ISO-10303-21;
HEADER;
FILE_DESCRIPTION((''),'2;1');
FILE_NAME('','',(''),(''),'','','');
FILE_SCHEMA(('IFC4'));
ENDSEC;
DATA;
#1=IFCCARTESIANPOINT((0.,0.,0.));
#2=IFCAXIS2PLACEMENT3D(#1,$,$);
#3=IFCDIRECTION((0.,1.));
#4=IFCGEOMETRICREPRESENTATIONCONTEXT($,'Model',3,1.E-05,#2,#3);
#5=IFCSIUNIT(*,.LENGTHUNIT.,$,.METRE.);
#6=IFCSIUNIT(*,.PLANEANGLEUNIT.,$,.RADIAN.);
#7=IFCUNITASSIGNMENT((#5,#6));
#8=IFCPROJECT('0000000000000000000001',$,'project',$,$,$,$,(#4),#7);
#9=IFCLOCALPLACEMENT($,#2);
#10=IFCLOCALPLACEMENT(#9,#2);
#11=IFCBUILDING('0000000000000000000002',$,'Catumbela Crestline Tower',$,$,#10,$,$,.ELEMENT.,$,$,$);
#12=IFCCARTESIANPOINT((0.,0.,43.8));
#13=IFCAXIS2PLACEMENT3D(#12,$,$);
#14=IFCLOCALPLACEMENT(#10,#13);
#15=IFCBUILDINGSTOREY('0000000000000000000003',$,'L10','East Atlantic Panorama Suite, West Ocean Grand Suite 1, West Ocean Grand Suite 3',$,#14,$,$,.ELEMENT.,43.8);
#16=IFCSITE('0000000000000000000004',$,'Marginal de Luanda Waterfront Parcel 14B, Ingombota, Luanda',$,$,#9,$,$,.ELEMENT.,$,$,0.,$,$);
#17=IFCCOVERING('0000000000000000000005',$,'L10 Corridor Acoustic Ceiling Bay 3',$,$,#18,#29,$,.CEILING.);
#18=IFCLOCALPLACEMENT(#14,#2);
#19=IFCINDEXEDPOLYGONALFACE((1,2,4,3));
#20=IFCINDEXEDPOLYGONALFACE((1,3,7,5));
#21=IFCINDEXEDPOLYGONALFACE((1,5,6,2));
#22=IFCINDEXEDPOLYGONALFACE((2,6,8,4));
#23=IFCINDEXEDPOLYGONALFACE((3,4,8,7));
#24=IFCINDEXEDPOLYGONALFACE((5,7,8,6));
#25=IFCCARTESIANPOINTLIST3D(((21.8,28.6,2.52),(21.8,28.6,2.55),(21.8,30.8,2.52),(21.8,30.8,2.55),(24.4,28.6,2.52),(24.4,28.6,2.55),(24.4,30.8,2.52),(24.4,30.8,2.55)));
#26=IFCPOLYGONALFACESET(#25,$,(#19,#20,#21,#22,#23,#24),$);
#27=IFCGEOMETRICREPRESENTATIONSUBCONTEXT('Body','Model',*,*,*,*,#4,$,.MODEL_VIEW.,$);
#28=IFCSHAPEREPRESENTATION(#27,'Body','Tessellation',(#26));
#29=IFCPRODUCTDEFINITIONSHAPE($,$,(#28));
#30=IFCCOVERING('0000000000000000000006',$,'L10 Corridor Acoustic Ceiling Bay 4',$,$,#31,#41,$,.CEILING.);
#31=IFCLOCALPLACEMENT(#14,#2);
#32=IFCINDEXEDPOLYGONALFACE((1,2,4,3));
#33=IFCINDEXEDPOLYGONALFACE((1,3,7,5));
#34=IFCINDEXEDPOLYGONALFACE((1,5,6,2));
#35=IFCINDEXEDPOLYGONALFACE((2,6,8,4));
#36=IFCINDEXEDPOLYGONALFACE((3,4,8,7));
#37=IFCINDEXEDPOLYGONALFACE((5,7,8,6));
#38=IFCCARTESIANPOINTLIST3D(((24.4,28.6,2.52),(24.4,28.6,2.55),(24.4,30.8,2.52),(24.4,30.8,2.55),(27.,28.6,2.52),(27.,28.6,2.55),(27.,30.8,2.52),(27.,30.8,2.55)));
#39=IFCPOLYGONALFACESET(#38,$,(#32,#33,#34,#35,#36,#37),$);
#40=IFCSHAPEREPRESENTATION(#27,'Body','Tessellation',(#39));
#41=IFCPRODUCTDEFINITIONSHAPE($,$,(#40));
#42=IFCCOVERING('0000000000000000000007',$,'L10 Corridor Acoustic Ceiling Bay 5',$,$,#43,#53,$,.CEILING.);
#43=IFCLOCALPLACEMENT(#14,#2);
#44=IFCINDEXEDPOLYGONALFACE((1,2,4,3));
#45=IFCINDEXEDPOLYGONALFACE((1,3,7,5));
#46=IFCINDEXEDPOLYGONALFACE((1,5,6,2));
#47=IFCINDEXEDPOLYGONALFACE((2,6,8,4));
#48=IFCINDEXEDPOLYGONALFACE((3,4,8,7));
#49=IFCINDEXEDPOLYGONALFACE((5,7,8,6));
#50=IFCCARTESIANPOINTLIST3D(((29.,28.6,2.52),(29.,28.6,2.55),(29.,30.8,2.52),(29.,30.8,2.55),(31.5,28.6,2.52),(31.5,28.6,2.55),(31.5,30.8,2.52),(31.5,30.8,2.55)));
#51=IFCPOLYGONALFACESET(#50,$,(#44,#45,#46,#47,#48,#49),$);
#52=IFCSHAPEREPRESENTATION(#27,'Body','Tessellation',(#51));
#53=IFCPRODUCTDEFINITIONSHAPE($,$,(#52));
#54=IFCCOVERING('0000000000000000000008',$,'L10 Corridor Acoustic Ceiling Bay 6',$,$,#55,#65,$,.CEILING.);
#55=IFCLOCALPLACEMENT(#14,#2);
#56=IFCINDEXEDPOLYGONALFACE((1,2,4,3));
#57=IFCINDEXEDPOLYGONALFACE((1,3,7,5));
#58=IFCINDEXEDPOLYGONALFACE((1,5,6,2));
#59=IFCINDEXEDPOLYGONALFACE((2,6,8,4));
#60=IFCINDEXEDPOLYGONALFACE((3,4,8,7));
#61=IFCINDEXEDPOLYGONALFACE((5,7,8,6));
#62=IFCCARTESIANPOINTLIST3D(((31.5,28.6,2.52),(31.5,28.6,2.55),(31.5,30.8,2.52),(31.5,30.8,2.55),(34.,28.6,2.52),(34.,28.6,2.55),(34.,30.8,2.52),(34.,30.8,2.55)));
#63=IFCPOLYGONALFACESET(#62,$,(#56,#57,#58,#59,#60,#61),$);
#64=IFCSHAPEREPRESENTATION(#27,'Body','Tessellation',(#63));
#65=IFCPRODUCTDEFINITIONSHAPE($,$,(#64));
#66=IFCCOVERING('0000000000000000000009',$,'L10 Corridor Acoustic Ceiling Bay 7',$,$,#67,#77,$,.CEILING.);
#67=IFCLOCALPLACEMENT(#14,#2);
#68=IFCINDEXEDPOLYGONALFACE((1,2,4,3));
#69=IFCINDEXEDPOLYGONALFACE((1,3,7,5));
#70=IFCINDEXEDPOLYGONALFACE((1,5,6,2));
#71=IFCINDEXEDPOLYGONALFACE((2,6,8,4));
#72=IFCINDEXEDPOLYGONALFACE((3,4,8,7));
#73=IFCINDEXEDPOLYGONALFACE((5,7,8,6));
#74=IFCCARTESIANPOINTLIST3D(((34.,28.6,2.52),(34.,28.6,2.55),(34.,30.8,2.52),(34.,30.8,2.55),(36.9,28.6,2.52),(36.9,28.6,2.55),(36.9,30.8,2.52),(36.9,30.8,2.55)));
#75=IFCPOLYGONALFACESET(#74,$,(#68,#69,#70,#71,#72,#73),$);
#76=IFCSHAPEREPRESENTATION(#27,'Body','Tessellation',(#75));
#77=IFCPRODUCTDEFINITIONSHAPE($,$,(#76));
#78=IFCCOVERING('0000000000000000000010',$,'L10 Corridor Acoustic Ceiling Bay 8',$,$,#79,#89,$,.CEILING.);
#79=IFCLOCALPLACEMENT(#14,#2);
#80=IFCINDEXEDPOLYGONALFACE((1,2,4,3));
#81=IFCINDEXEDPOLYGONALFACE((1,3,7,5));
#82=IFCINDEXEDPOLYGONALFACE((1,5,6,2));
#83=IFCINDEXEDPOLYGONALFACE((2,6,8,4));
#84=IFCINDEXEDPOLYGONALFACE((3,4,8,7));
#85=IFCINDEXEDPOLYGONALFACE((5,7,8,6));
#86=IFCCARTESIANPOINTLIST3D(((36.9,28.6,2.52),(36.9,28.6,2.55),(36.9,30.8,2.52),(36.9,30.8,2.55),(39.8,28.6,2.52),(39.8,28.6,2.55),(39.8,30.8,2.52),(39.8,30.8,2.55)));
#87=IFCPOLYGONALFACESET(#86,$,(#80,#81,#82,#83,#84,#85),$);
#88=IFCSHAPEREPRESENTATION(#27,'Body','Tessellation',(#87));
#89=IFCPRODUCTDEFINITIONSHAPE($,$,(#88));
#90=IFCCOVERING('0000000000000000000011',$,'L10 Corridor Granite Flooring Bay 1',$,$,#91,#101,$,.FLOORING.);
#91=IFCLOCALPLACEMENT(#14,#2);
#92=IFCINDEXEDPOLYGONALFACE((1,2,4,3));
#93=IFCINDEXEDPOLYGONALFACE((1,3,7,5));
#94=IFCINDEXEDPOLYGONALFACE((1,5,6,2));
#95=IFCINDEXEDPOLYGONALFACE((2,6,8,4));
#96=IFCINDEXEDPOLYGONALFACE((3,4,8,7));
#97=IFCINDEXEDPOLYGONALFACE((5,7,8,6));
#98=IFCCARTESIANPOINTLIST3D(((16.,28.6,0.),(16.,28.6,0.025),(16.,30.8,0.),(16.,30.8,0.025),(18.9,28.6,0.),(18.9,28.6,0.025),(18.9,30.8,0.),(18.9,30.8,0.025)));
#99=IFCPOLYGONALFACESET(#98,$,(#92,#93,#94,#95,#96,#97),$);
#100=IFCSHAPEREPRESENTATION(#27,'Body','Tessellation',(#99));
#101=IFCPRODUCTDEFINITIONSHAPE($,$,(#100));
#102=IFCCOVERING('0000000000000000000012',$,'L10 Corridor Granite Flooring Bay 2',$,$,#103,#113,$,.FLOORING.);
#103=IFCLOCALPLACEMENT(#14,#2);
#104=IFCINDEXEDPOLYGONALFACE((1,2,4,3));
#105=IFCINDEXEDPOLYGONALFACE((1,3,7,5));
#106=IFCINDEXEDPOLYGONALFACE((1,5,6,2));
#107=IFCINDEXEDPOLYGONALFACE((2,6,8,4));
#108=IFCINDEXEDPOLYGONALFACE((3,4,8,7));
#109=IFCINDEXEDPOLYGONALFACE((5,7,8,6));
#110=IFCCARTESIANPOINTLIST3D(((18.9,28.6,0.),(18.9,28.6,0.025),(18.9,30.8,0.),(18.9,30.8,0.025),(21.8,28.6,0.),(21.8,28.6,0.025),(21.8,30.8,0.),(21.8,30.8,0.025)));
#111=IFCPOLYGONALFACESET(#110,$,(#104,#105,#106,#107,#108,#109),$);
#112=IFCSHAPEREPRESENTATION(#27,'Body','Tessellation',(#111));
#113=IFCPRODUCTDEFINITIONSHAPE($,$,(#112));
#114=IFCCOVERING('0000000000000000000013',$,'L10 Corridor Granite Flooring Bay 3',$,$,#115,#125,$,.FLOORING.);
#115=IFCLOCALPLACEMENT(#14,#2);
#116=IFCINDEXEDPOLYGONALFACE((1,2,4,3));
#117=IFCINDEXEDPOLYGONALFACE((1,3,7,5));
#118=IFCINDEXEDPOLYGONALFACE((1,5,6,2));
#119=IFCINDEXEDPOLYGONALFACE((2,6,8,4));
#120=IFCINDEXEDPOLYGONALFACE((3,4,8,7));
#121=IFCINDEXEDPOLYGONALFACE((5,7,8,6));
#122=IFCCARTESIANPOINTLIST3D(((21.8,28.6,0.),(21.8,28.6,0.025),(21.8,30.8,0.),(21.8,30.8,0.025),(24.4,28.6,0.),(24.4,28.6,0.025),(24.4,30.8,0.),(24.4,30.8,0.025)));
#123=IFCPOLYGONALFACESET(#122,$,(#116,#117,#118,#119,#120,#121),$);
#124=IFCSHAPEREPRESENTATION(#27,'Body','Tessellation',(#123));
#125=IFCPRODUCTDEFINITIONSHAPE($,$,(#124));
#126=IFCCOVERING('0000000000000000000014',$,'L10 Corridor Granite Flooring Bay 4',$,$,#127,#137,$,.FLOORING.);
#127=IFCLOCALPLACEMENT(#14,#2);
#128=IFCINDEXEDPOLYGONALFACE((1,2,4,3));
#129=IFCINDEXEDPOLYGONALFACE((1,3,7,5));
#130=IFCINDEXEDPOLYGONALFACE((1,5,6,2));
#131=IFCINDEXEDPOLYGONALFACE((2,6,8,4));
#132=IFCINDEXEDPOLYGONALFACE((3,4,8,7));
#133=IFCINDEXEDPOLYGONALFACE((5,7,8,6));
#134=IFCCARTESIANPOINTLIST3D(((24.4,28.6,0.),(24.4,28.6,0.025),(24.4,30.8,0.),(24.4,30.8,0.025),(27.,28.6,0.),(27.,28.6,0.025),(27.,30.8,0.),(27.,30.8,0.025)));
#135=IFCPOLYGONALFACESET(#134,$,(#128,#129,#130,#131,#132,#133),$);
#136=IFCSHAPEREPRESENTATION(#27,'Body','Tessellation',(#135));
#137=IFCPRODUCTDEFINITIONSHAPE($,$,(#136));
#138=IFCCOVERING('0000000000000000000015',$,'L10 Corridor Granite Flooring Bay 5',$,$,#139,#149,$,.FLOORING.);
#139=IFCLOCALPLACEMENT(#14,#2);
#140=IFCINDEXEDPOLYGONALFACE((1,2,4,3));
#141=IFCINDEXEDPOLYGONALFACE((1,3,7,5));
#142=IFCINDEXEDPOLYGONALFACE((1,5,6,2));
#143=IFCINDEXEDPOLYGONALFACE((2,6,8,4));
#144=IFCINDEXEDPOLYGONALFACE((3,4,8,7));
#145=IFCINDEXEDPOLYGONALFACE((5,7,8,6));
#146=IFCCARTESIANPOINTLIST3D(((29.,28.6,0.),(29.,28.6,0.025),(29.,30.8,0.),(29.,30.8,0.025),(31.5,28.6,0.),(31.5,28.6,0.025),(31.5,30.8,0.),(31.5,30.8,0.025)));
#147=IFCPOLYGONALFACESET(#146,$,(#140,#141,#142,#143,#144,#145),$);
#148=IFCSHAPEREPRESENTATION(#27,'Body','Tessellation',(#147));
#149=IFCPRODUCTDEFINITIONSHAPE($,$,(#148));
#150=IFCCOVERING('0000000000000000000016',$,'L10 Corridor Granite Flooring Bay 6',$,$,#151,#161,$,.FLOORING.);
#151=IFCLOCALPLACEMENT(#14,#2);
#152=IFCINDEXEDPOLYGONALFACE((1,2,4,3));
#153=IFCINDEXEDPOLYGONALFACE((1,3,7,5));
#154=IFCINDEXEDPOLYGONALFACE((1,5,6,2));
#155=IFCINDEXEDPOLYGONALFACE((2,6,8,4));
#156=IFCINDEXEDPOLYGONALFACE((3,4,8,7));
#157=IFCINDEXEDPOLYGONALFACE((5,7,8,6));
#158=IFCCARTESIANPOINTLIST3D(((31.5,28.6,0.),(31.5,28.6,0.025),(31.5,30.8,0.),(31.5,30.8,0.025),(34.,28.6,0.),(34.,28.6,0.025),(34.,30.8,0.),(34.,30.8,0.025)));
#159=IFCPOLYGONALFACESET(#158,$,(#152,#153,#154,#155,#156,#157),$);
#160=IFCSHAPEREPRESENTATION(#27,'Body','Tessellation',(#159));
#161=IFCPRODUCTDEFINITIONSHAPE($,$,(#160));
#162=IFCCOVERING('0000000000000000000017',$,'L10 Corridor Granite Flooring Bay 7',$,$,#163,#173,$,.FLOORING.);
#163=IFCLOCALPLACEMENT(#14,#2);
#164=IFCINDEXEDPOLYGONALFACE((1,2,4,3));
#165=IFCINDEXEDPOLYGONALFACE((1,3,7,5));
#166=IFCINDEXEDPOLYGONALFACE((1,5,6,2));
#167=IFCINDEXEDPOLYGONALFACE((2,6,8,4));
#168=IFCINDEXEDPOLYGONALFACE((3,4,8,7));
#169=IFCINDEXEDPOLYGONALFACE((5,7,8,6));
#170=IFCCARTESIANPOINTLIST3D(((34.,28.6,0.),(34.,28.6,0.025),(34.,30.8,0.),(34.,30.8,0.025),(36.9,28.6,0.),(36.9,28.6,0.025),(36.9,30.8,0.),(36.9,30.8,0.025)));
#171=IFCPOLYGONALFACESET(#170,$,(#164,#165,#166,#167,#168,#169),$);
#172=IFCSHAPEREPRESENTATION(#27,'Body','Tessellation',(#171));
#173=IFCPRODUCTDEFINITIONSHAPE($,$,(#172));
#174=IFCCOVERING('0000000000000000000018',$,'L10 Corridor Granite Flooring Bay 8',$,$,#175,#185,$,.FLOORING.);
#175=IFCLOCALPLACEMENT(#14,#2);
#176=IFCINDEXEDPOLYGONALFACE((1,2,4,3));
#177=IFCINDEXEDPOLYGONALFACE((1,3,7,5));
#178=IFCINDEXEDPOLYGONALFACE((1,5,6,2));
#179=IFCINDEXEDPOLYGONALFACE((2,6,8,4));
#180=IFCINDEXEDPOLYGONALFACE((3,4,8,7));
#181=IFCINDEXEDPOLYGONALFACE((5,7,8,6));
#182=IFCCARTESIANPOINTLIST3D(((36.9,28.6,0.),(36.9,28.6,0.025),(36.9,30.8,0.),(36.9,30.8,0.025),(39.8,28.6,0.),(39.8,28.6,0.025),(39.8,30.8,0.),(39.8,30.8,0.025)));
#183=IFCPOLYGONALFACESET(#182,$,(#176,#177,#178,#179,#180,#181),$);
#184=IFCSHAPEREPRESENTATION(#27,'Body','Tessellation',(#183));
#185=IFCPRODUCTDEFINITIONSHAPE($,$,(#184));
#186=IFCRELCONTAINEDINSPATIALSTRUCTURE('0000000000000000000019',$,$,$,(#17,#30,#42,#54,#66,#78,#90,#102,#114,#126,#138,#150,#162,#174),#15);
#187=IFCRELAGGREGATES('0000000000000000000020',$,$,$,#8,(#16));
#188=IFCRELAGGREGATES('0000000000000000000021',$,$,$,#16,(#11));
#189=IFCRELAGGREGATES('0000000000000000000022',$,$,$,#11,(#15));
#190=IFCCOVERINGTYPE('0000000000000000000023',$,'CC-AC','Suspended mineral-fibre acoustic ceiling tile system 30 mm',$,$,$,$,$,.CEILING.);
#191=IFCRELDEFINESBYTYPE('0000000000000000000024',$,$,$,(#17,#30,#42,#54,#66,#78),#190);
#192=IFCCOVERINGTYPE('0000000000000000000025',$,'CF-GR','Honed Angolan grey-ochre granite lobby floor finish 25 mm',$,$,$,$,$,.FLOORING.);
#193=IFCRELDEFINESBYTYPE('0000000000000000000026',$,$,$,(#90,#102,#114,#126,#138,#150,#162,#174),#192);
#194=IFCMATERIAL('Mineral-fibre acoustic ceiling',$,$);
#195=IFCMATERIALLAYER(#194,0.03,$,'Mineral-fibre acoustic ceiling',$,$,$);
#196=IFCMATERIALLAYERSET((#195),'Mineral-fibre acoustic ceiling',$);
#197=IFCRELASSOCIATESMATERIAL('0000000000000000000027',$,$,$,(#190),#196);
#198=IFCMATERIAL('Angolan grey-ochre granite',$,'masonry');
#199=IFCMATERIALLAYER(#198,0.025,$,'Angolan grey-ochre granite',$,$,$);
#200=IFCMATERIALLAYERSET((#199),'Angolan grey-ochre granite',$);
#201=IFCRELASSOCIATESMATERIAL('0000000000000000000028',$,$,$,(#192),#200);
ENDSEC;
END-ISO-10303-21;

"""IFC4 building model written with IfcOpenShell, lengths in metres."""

from ifc_helpers import new_model, si_unit, direction, frame, origin, place, context, subcontext, project, spatial, polyline, outline, extrude, material, layer, layer_set, type_object, element, save


model = new_model("IFC4")

# Units and contexts
model_context = context("Model", 3, precision=1e-05, world=origin(), true_north=direction((0.0, 1.0)))
body_context = subcontext(model_context, "Body", "Model", "MODEL_VIEW")
ifc_project = project(units=[si_unit("LENGTHUNIT", "METRE"), si_unit("PLANEANGLEUNIT", "RADIAN")], contexts=[model_context])

# Site, building, storey
site_placement = place(None, origin())
site = spatial("IfcSite", under=ifc_project, at=site_placement, Name="Marginal de Luanda Waterfront Parcel 14B, Ingombota, Luanda", CompositionType="ELEMENT", RefElevation=0.0)
building_placement = place(site_placement, origin())
building = spatial("IfcBuilding", under=site, at=building_placement, Name="Catumbela Crestline Tower", CompositionType="ELEMENT")
storey_placement = place(building_placement, frame((0.0, 0.0, 43.8)))
storey = spatial("IfcBuildingStorey", under=building, at=storey_placement, Name="L10", Description="East Atlantic Panorama Suite, West Ocean Grand Suite 1, West Ocean Grand Suite 3", CompositionType="ELEMENT", Elevation=43.8)

# Shared definitions
ifc_material_1 = material(Name="Angolan grey-ochre granite", Category="masonry")

# Coverings
ifc_material_2 = material(Name="Mineral-fibre acoustic ceiling")
ifc_layer_1 = layer(ifc_material_2, 0.03, Name="Mineral-fibre acoustic ceiling")
ifc_layer_set_1 = layer_set([ifc_layer_1], Name="Mineral-fibre acoustic ceiling")
covering_type_1 = type_object("IfcCoveringType", Name="CC-AC", Description="Suspended mineral-fibre acoustic ceiling tile system 30 mm", PredefinedType="CEILING", material=ifc_layer_set_1)
covering_1_placement = place(storey_placement, frame((0.0, 0.0, 2.52)))
element("IfcCovering", 1, at=covering_1_placement, inside=storey, type_object=covering_type_1, Name="L10 Corridor Acoustic Ceiling Bay 3", PredefinedType="CEILING", context=body_context, shape_type="SweptSolid", body=[
    extrude(outline(polyline([(21.8, 28.6), (24.4, 28.6), (24.4, 30.8), (21.8, 30.8), (21.8, 28.6)])), origin(), (0.0, 0.0, 1.0), 0.03),
])
covering_2_placement = place(storey_placement, frame((0.0, 0.0, 2.52)))
element("IfcCovering", 2, at=covering_2_placement, inside=storey, type_object=covering_type_1, Name="L10 Corridor Acoustic Ceiling Bay 4", PredefinedType="CEILING", context=body_context, shape_type="SweptSolid", body=[
    extrude(outline(polyline([(24.4, 28.6), (27.0, 28.6), (27.0, 30.8), (24.4, 30.8), (24.4, 28.6)])), origin(), (0.0, 0.0, 1.0), 0.03),
])
covering_3_placement = place(storey_placement, frame((0.0, 0.0, 2.52)))
element("IfcCovering", 3, at=covering_3_placement, inside=storey, type_object=covering_type_1, Name="L10 Corridor Acoustic Ceiling Bay 5", PredefinedType="CEILING", context=body_context, shape_type="SweptSolid", body=[
    extrude(outline(polyline([(29.0, 28.6), (31.5, 28.6), (31.5, 30.8), (29.0, 30.8), (29.0, 28.6)])), origin(), (0.0, 0.0, 1.0), 0.03),
])
covering_4_placement = place(storey_placement, frame((0.0, 0.0, 2.52)))
element("IfcCovering", 4, at=covering_4_placement, inside=storey, type_object=covering_type_1, Name="L10 Corridor Acoustic Ceiling Bay 6", PredefinedType="CEILING", context=body_context, shape_type="SweptSolid", body=[
    extrude(outline(polyline([(31.5, 28.6), (34.0, 28.6), (34.0, 30.8), (31.5, 30.8), (31.5, 28.6)])), origin(), (0.0, 0.0, 1.0), 0.03),
])
covering_5_placement = place(storey_placement, frame((0.0, 0.0, 2.52)))
element("IfcCovering", 5, at=covering_5_placement, inside=storey, type_object=covering_type_1, Name="L10 Corridor Acoustic Ceiling Bay 7", PredefinedType="CEILING", context=body_context, shape_type="SweptSolid", body=[
    extrude(outline(polyline([(34.0, 28.6), (36.9, 28.6), (36.9, 30.8), (34.0, 30.8), (34.0, 28.6)])), origin(), (0.0, 0.0, 1.0), 0.03),
])
covering_6_placement = place(storey_placement, frame((0.0, 0.0, 2.52)))
element("IfcCovering", 6, at=covering_6_placement, inside=storey, type_object=covering_type_1, Name="L10 Corridor Acoustic Ceiling Bay 8", PredefinedType="CEILING", context=body_context, shape_type="SweptSolid", body=[
    extrude(outline(polyline([(36.9, 28.6), (39.8, 28.6), (39.8, 30.8), (36.9, 30.8), (36.9, 28.6)])), origin(), (0.0, 0.0, 1.0), 0.03),
])
ifc_layer_2 = layer(ifc_material_1, 0.025, Name="Angolan grey-ochre granite")
ifc_layer_set_2 = layer_set([ifc_layer_2], Name="Angolan grey-ochre granite")
covering_type_2 = type_object("IfcCoveringType", Name="CF-GR", Description="Honed Angolan grey-ochre granite lobby floor finish 25 mm", PredefinedType="FLOORING", material=ifc_layer_set_2)
covering_7_placement = place(storey_placement, origin())
element("IfcCovering", 7, at=covering_7_placement, inside=storey, type_object=covering_type_2, Name="L10 Corridor Granite Flooring Bay 1", PredefinedType="FLOORING", context=body_context, shape_type="SweptSolid", body=[
    extrude(outline(polyline([(16.0, 28.6), (18.9, 28.6), (18.9, 30.8), (16.0, 30.8), (16.0, 28.6)])), origin(), (0.0, 0.0, 1.0), 0.025),
])
covering_8_placement = place(storey_placement, origin())
element("IfcCovering", 8, at=covering_8_placement, inside=storey, type_object=covering_type_2, Name="L10 Corridor Granite Flooring Bay 2", PredefinedType="FLOORING", context=body_context, shape_type="SweptSolid", body=[
    extrude(outline(polyline([(18.9, 28.6), (21.8, 28.6), (21.8, 30.8), (18.9, 30.8), (18.9, 28.6)])), origin(), (0.0, 0.0, 1.0), 0.025),
])
covering_9_placement = place(storey_placement, origin())
element("IfcCovering", 9, at=covering_9_placement, inside=storey, type_object=covering_type_2, Name="L10 Corridor Granite Flooring Bay 3", PredefinedType="FLOORING", context=body_context, shape_type="SweptSolid", body=[
    extrude(outline(polyline([(21.8, 28.6), (24.4, 28.6), (24.4, 30.8), (21.8, 30.8), (21.8, 28.6)])), origin(), (0.0, 0.0, 1.0), 0.025),
])
covering_10_placement = place(storey_placement, origin())
element("IfcCovering", 10, at=covering_10_placement, inside=storey, type_object=covering_type_2, Name="L10 Corridor Granite Flooring Bay 4", PredefinedType="FLOORING", context=body_context, shape_type="SweptSolid", body=[
    extrude(outline(polyline([(24.4, 28.6), (27.0, 28.6), (27.0, 30.8), (24.4, 30.8), (24.4, 28.6)])), origin(), (0.0, 0.0, 1.0), 0.025),
])
covering_11_placement = place(storey_placement, origin())
element("IfcCovering", 11, at=covering_11_placement, inside=storey, type_object=covering_type_2, Name="L10 Corridor Granite Flooring Bay 5", PredefinedType="FLOORING", context=body_context, shape_type="SweptSolid", body=[
    extrude(outline(polyline([(29.0, 28.6), (31.5, 28.6), (31.5, 30.8), (29.0, 30.8), (29.0, 28.6)])), origin(), (0.0, 0.0, 1.0), 0.025),
])
covering_12_placement = place(storey_placement, origin())
element("IfcCovering", 12, at=covering_12_placement, inside=storey, type_object=covering_type_2, Name="L10 Corridor Granite Flooring Bay 6", PredefinedType="FLOORING", context=body_context, shape_type="SweptSolid", body=[
    extrude(outline(polyline([(31.5, 28.6), (34.0, 28.6), (34.0, 30.8), (31.5, 30.8), (31.5, 28.6)])), origin(), (0.0, 0.0, 1.0), 0.025),
])
covering_13_placement = place(storey_placement, origin())
element("IfcCovering", 13, at=covering_13_placement, inside=storey, type_object=covering_type_2, Name="L10 Corridor Granite Flooring Bay 7", PredefinedType="FLOORING", context=body_context, shape_type="SweptSolid", body=[
    extrude(outline(polyline([(34.0, 28.6), (36.9, 28.6), (36.9, 30.8), (34.0, 30.8), (34.0, 28.6)])), origin(), (0.0, 0.0, 1.0), 0.025),
])
covering_14_placement = place(storey_placement, origin())
element("IfcCovering", 14, at=covering_14_placement, inside=storey, type_object=covering_type_2, Name="L10 Corridor Granite Flooring Bay 8", PredefinedType="FLOORING", context=body_context, shape_type="SweptSolid", body=[
    extrude(outline(polyline([(36.9, 28.6), (39.8, 28.6), (39.8, 30.8), (36.9, 30.8), (36.9, 28.6)])), origin(), (0.0, 0.0, 1.0), 0.025),
])

save(model, "model.ifc")
